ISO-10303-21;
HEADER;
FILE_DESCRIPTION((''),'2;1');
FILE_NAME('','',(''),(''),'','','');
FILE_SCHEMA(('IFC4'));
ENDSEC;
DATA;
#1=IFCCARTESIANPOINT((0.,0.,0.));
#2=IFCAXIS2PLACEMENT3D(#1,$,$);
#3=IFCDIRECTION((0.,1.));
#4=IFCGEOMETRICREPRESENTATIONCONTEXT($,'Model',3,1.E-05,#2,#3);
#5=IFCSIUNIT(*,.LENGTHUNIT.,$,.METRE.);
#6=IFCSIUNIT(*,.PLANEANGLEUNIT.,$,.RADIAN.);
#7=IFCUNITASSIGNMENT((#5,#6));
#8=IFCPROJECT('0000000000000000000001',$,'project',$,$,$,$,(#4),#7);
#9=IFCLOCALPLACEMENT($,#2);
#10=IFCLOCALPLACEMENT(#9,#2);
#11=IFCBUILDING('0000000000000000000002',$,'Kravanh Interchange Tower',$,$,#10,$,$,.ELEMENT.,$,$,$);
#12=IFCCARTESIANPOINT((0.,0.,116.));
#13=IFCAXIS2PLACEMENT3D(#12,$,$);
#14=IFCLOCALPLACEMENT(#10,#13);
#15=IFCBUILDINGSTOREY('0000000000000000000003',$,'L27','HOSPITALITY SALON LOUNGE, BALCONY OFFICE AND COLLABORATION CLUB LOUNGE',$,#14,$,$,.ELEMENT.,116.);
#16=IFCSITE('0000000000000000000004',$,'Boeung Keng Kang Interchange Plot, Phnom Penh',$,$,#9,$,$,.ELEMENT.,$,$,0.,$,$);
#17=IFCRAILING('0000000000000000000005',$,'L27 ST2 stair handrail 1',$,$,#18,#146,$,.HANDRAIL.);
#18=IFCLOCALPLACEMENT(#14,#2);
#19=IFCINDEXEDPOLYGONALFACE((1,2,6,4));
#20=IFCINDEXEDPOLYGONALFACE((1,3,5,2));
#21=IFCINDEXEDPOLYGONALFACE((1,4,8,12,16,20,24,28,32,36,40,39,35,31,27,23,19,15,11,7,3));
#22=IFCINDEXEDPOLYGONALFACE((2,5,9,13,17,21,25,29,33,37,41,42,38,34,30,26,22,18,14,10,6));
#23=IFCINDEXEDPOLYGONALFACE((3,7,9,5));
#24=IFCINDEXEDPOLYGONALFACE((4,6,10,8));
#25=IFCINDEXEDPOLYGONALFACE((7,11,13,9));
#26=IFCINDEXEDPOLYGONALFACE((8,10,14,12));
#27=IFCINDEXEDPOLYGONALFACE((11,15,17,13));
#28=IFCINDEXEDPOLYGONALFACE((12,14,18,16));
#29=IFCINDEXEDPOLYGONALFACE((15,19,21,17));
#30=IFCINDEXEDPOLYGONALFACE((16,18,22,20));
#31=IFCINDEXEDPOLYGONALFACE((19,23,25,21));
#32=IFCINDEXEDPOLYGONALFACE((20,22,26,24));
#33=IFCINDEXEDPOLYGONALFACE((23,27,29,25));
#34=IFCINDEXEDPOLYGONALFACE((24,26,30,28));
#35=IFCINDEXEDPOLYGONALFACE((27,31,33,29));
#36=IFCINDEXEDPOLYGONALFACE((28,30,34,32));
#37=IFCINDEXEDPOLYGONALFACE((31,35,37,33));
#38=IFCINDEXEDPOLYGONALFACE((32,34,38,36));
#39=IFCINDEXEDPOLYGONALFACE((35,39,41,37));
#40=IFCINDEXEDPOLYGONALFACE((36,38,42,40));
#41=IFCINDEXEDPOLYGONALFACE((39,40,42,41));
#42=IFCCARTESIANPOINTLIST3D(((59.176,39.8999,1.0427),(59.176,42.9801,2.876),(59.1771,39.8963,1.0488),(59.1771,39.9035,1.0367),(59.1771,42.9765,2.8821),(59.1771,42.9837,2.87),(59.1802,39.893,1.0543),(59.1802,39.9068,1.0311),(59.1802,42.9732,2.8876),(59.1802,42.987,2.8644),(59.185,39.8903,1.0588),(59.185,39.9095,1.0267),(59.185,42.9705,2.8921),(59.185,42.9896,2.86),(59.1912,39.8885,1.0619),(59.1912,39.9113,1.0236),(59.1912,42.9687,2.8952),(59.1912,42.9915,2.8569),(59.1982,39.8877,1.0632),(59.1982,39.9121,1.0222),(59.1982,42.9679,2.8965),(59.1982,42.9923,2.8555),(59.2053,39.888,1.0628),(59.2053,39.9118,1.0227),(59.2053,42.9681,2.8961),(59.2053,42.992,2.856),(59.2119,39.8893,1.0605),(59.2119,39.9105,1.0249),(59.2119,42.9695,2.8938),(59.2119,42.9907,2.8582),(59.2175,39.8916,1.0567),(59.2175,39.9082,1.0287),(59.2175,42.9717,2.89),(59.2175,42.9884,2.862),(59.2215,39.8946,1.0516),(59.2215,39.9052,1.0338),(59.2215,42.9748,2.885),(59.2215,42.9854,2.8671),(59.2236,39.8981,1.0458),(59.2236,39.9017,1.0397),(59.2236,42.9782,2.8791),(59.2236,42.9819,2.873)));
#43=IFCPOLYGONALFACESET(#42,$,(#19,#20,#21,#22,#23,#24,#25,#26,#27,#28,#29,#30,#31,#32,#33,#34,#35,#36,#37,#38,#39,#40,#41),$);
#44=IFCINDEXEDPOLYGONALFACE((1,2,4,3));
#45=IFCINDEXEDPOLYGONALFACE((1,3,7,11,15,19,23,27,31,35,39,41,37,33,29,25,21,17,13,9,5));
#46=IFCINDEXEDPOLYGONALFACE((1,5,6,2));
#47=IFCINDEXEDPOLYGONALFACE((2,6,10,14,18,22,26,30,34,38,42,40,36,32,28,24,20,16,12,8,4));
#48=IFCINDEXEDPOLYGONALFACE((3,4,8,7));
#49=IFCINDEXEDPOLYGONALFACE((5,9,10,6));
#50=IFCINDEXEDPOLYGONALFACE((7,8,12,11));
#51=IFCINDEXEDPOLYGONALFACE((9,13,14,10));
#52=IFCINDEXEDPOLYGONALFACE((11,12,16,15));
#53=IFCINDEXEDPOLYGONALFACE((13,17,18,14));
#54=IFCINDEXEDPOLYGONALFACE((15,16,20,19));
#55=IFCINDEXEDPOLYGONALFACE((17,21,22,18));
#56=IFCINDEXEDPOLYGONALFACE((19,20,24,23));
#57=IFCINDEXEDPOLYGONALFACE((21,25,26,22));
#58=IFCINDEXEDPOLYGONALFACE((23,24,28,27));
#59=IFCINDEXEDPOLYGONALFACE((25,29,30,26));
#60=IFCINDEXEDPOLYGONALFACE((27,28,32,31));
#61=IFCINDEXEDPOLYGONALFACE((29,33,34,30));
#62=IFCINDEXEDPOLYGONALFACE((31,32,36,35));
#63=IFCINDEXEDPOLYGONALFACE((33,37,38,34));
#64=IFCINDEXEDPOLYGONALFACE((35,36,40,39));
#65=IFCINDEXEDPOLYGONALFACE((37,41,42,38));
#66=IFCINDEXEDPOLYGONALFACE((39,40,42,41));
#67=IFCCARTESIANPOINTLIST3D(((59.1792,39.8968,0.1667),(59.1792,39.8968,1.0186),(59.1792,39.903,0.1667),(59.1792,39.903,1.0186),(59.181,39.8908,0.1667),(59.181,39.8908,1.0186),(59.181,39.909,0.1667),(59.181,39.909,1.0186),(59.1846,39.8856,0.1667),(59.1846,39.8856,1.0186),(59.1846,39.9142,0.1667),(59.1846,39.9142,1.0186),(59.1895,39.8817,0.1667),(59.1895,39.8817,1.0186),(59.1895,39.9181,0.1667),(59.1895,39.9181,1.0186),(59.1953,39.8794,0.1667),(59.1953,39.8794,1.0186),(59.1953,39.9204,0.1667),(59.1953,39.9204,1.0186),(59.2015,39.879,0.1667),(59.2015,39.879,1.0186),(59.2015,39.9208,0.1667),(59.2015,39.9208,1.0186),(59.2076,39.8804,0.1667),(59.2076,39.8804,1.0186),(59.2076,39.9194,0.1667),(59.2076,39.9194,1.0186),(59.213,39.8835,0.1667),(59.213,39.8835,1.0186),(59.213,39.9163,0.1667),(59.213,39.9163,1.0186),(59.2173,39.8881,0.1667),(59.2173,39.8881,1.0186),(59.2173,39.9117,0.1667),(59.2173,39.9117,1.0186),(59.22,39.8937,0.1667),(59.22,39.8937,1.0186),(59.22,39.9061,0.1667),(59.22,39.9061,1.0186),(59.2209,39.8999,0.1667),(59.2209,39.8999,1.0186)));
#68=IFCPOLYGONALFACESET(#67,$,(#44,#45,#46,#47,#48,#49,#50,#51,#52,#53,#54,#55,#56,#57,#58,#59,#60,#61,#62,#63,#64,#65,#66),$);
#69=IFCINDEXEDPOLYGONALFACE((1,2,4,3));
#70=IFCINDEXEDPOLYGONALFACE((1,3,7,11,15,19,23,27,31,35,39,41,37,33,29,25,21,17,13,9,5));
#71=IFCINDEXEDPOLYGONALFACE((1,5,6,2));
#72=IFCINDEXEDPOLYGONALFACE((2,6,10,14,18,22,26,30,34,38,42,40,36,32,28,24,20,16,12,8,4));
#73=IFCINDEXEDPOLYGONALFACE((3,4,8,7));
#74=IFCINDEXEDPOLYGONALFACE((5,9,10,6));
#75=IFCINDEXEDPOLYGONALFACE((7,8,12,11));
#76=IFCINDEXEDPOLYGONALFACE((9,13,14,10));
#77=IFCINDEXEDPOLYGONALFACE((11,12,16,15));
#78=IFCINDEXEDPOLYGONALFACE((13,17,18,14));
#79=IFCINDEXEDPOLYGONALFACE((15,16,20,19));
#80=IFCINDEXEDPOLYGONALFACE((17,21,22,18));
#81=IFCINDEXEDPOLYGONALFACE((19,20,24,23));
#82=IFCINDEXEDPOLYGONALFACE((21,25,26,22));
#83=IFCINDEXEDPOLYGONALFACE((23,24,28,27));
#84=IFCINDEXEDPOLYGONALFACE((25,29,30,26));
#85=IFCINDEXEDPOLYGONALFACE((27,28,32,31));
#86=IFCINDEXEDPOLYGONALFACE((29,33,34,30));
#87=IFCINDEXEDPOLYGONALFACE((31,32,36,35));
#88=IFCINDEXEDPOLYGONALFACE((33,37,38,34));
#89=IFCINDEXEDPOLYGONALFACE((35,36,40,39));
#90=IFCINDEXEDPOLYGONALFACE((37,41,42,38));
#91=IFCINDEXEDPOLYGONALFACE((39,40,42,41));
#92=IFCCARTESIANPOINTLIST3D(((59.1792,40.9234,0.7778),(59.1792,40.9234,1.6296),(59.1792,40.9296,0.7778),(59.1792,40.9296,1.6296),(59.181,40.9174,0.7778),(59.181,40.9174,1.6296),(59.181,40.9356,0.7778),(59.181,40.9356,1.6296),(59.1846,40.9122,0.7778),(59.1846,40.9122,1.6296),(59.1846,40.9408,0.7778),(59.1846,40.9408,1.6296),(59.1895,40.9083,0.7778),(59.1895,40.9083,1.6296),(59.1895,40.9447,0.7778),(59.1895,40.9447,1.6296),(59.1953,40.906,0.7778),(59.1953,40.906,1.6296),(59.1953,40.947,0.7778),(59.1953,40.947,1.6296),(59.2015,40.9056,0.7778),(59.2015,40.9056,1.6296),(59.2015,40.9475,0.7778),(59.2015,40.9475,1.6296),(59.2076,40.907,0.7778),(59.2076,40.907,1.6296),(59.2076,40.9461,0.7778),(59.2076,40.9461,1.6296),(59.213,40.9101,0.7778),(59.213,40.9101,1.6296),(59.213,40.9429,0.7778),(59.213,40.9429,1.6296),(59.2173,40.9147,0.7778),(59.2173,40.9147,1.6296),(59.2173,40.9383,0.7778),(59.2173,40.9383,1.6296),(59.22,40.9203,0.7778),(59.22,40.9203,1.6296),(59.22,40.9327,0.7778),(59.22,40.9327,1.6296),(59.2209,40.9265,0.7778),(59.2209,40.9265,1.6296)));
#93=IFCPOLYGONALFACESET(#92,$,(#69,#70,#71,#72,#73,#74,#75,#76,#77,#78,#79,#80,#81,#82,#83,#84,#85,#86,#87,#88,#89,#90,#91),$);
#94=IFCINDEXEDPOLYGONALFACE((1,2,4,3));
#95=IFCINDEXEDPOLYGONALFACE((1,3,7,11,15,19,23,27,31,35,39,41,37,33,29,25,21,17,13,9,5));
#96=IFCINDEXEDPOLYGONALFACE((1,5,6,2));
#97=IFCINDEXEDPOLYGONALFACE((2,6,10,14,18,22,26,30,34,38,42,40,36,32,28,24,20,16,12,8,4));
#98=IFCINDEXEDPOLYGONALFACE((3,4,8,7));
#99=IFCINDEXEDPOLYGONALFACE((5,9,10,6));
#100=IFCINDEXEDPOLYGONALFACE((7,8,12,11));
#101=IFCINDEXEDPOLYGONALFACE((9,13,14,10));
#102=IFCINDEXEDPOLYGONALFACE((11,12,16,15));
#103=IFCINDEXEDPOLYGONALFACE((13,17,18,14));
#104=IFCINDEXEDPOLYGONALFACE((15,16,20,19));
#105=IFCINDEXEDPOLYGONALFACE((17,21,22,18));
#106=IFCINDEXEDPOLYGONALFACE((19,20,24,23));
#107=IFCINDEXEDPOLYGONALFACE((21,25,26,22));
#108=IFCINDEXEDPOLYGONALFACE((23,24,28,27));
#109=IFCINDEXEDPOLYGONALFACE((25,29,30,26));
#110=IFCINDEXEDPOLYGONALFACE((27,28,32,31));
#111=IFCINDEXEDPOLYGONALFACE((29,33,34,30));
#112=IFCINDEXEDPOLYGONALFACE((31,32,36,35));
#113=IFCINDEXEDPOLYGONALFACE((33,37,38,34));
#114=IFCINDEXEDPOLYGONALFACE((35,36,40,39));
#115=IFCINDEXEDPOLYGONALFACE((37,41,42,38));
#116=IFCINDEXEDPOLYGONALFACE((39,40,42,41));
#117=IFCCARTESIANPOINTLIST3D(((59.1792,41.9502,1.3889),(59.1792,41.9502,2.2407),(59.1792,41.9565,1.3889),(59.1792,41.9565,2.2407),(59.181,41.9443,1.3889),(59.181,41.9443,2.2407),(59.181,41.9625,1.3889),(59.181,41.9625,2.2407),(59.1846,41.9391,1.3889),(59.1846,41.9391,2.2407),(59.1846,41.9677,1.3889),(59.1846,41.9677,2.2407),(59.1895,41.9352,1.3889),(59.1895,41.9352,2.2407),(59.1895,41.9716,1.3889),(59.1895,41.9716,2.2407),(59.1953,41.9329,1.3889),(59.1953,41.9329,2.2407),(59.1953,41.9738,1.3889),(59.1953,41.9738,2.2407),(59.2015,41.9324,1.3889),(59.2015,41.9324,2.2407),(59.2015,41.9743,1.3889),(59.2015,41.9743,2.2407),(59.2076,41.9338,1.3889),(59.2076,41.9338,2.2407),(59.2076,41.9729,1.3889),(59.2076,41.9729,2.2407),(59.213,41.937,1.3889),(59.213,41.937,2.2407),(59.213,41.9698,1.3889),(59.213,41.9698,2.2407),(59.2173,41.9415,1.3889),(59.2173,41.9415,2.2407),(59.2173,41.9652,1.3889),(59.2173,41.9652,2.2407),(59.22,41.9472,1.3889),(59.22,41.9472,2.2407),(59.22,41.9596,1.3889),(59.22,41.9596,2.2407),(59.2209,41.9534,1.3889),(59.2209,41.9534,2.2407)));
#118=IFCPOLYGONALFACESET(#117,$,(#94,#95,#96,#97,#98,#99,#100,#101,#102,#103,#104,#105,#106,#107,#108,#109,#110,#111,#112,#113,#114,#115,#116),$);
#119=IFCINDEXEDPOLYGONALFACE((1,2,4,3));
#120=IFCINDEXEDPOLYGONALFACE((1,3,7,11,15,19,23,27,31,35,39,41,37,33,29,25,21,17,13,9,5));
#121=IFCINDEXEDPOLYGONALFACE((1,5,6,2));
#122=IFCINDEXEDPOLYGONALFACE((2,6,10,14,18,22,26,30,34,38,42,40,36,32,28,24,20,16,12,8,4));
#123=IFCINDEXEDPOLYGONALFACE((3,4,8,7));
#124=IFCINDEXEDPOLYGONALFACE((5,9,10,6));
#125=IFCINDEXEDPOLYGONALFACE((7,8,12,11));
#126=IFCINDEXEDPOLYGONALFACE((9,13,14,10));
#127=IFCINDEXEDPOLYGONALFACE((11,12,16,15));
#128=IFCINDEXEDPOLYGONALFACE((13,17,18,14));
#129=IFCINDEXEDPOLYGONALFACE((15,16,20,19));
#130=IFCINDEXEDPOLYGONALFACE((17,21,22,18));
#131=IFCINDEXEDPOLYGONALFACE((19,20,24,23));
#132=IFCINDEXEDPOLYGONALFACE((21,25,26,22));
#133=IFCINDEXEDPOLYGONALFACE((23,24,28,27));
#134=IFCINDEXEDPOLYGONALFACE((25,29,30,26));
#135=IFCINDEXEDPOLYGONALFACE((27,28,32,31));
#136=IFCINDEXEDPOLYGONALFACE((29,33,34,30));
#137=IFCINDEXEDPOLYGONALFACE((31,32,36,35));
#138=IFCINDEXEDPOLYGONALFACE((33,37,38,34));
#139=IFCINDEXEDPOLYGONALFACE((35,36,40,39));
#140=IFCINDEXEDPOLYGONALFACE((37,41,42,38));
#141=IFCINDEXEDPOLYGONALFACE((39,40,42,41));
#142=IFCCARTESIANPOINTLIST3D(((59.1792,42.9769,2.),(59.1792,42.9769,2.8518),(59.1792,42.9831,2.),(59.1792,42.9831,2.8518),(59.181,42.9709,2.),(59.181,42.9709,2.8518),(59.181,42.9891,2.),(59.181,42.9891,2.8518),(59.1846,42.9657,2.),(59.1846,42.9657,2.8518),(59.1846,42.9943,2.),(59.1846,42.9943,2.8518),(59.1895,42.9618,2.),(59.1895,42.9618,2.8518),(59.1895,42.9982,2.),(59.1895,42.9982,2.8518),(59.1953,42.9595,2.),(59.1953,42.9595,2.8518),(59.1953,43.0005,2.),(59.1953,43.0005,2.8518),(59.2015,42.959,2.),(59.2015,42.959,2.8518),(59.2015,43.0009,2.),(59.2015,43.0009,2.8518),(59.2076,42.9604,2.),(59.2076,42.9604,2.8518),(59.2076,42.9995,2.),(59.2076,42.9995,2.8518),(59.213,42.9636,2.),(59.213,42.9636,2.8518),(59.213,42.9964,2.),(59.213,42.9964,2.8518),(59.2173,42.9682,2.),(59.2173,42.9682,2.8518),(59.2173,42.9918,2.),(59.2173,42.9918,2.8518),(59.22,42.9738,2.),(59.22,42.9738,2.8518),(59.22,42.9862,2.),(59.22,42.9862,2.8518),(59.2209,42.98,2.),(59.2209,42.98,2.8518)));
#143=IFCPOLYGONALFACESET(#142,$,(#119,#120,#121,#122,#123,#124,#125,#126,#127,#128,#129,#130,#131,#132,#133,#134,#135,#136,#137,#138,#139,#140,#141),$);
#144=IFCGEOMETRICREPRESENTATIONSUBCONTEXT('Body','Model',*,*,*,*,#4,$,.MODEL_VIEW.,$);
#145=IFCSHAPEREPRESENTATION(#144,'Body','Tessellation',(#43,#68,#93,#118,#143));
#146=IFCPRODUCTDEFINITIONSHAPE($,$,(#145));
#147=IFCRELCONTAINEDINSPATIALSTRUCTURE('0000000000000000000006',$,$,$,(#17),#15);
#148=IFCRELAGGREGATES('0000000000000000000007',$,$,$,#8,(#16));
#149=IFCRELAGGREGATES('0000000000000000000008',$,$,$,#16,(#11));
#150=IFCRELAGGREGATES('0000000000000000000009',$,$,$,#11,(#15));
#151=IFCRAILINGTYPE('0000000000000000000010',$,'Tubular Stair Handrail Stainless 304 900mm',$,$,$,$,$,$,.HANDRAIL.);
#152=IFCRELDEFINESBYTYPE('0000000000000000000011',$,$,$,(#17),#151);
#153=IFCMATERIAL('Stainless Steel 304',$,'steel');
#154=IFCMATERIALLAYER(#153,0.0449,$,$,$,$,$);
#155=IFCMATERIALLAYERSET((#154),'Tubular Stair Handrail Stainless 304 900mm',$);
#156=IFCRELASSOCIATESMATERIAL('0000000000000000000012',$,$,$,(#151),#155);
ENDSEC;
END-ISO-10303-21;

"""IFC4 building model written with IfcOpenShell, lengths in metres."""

from ifc_helpers import new_model, si_unit, direction, frame, origin, origin_2d, place, context, subcontext, project, spatial, circle, extrude, material, layer, layer_set, type_object, element, save


model = new_model("IFC4")

# Units and contexts
model_context = context("Model", 3, precision=1e-05, world=origin(), true_north=direction((0.0, 1.0)))
body_context = subcontext(model_context, "Body", "Model", "MODEL_VIEW")
ifc_project = project(units=[si_unit("LENGTHUNIT", "METRE"), si_unit("PLANEANGLEUNIT", "RADIAN")], contexts=[model_context])

# Site, building, storey
site_placement = place(None, origin())
site = spatial("IfcSite", under=ifc_project, at=site_placement, Name="Boeung Keng Kang Interchange Plot, Phnom Penh", CompositionType="ELEMENT", RefElevation=0.0)
building_placement = place(site_placement, origin())
building = spatial("IfcBuilding", under=site, at=building_placement, Name="Kravanh Interchange Tower", CompositionType="ELEMENT")
storey_placement = place(building_placement, frame((0.0, 0.0, 116.0)))
storey = spatial("IfcBuildingStorey", under=building, at=storey_placement, Name="L27", Description="HOSPITALITY SALON LOUNGE, BALCONY OFFICE AND COLLABORATION CLUB LOUNGE", CompositionType="ELEMENT", Elevation=116.0)

# Railing
ifc_material_1 = material(Name="Stainless Steel 304", Category="steel")
ifc_layer_1 = layer(ifc_material_1, 0.0449)
ifc_layer_set_1 = layer_set([ifc_layer_1], Name="Tubular Stair Handrail Stainless 304 900mm")
railing_type_1 = type_object("IfcRailingType", Name="Tubular Stair Handrail Stainless 304 900mm", PredefinedType="HANDRAIL", material=ifc_layer_set_1)
railing_1_placement = place(storey_placement, frame((59.2, 39.8999, 0.1667)))
element("IfcRailing", 1, at=railing_1_placement, inside=storey, type_object=railing_type_1, Name="L27 ST2 stair handrail 1", PredefinedType="HANDRAIL", context=body_context, shape_type="SweptSolid", body=[
    extrude(circle(Radius=0.0239, at=origin_2d()), frame((0.0, 0.0, 0.876), z_axis=(0.0, 0.859309, 0.511458), x_axis=(-1.0, 0.0, 0.0)), (0.0, 0.0, 1.0), 3.5845),
    extrude(circle(Radius=0.021, at=origin_2d()), origin(), (0.0, 0.0, 1.0), 0.8518),
    extrude(circle(Radius=0.021, at=origin_2d()), frame((0.0, 1.0266, 0.6111)), (0.0, 0.0, 1.0), 0.8518),
    extrude(circle(Radius=0.021, at=origin_2d()), frame((0.0, 2.0535, 1.2222)), (0.0, 0.0, 1.0), 0.8518),
    extrude(circle(Radius=0.021, at=origin_2d()), frame((0.0, 3.0801, 1.8333)), (0.0, 0.0, 1.0), 0.8518),
])

save(model, "model.ifc")
